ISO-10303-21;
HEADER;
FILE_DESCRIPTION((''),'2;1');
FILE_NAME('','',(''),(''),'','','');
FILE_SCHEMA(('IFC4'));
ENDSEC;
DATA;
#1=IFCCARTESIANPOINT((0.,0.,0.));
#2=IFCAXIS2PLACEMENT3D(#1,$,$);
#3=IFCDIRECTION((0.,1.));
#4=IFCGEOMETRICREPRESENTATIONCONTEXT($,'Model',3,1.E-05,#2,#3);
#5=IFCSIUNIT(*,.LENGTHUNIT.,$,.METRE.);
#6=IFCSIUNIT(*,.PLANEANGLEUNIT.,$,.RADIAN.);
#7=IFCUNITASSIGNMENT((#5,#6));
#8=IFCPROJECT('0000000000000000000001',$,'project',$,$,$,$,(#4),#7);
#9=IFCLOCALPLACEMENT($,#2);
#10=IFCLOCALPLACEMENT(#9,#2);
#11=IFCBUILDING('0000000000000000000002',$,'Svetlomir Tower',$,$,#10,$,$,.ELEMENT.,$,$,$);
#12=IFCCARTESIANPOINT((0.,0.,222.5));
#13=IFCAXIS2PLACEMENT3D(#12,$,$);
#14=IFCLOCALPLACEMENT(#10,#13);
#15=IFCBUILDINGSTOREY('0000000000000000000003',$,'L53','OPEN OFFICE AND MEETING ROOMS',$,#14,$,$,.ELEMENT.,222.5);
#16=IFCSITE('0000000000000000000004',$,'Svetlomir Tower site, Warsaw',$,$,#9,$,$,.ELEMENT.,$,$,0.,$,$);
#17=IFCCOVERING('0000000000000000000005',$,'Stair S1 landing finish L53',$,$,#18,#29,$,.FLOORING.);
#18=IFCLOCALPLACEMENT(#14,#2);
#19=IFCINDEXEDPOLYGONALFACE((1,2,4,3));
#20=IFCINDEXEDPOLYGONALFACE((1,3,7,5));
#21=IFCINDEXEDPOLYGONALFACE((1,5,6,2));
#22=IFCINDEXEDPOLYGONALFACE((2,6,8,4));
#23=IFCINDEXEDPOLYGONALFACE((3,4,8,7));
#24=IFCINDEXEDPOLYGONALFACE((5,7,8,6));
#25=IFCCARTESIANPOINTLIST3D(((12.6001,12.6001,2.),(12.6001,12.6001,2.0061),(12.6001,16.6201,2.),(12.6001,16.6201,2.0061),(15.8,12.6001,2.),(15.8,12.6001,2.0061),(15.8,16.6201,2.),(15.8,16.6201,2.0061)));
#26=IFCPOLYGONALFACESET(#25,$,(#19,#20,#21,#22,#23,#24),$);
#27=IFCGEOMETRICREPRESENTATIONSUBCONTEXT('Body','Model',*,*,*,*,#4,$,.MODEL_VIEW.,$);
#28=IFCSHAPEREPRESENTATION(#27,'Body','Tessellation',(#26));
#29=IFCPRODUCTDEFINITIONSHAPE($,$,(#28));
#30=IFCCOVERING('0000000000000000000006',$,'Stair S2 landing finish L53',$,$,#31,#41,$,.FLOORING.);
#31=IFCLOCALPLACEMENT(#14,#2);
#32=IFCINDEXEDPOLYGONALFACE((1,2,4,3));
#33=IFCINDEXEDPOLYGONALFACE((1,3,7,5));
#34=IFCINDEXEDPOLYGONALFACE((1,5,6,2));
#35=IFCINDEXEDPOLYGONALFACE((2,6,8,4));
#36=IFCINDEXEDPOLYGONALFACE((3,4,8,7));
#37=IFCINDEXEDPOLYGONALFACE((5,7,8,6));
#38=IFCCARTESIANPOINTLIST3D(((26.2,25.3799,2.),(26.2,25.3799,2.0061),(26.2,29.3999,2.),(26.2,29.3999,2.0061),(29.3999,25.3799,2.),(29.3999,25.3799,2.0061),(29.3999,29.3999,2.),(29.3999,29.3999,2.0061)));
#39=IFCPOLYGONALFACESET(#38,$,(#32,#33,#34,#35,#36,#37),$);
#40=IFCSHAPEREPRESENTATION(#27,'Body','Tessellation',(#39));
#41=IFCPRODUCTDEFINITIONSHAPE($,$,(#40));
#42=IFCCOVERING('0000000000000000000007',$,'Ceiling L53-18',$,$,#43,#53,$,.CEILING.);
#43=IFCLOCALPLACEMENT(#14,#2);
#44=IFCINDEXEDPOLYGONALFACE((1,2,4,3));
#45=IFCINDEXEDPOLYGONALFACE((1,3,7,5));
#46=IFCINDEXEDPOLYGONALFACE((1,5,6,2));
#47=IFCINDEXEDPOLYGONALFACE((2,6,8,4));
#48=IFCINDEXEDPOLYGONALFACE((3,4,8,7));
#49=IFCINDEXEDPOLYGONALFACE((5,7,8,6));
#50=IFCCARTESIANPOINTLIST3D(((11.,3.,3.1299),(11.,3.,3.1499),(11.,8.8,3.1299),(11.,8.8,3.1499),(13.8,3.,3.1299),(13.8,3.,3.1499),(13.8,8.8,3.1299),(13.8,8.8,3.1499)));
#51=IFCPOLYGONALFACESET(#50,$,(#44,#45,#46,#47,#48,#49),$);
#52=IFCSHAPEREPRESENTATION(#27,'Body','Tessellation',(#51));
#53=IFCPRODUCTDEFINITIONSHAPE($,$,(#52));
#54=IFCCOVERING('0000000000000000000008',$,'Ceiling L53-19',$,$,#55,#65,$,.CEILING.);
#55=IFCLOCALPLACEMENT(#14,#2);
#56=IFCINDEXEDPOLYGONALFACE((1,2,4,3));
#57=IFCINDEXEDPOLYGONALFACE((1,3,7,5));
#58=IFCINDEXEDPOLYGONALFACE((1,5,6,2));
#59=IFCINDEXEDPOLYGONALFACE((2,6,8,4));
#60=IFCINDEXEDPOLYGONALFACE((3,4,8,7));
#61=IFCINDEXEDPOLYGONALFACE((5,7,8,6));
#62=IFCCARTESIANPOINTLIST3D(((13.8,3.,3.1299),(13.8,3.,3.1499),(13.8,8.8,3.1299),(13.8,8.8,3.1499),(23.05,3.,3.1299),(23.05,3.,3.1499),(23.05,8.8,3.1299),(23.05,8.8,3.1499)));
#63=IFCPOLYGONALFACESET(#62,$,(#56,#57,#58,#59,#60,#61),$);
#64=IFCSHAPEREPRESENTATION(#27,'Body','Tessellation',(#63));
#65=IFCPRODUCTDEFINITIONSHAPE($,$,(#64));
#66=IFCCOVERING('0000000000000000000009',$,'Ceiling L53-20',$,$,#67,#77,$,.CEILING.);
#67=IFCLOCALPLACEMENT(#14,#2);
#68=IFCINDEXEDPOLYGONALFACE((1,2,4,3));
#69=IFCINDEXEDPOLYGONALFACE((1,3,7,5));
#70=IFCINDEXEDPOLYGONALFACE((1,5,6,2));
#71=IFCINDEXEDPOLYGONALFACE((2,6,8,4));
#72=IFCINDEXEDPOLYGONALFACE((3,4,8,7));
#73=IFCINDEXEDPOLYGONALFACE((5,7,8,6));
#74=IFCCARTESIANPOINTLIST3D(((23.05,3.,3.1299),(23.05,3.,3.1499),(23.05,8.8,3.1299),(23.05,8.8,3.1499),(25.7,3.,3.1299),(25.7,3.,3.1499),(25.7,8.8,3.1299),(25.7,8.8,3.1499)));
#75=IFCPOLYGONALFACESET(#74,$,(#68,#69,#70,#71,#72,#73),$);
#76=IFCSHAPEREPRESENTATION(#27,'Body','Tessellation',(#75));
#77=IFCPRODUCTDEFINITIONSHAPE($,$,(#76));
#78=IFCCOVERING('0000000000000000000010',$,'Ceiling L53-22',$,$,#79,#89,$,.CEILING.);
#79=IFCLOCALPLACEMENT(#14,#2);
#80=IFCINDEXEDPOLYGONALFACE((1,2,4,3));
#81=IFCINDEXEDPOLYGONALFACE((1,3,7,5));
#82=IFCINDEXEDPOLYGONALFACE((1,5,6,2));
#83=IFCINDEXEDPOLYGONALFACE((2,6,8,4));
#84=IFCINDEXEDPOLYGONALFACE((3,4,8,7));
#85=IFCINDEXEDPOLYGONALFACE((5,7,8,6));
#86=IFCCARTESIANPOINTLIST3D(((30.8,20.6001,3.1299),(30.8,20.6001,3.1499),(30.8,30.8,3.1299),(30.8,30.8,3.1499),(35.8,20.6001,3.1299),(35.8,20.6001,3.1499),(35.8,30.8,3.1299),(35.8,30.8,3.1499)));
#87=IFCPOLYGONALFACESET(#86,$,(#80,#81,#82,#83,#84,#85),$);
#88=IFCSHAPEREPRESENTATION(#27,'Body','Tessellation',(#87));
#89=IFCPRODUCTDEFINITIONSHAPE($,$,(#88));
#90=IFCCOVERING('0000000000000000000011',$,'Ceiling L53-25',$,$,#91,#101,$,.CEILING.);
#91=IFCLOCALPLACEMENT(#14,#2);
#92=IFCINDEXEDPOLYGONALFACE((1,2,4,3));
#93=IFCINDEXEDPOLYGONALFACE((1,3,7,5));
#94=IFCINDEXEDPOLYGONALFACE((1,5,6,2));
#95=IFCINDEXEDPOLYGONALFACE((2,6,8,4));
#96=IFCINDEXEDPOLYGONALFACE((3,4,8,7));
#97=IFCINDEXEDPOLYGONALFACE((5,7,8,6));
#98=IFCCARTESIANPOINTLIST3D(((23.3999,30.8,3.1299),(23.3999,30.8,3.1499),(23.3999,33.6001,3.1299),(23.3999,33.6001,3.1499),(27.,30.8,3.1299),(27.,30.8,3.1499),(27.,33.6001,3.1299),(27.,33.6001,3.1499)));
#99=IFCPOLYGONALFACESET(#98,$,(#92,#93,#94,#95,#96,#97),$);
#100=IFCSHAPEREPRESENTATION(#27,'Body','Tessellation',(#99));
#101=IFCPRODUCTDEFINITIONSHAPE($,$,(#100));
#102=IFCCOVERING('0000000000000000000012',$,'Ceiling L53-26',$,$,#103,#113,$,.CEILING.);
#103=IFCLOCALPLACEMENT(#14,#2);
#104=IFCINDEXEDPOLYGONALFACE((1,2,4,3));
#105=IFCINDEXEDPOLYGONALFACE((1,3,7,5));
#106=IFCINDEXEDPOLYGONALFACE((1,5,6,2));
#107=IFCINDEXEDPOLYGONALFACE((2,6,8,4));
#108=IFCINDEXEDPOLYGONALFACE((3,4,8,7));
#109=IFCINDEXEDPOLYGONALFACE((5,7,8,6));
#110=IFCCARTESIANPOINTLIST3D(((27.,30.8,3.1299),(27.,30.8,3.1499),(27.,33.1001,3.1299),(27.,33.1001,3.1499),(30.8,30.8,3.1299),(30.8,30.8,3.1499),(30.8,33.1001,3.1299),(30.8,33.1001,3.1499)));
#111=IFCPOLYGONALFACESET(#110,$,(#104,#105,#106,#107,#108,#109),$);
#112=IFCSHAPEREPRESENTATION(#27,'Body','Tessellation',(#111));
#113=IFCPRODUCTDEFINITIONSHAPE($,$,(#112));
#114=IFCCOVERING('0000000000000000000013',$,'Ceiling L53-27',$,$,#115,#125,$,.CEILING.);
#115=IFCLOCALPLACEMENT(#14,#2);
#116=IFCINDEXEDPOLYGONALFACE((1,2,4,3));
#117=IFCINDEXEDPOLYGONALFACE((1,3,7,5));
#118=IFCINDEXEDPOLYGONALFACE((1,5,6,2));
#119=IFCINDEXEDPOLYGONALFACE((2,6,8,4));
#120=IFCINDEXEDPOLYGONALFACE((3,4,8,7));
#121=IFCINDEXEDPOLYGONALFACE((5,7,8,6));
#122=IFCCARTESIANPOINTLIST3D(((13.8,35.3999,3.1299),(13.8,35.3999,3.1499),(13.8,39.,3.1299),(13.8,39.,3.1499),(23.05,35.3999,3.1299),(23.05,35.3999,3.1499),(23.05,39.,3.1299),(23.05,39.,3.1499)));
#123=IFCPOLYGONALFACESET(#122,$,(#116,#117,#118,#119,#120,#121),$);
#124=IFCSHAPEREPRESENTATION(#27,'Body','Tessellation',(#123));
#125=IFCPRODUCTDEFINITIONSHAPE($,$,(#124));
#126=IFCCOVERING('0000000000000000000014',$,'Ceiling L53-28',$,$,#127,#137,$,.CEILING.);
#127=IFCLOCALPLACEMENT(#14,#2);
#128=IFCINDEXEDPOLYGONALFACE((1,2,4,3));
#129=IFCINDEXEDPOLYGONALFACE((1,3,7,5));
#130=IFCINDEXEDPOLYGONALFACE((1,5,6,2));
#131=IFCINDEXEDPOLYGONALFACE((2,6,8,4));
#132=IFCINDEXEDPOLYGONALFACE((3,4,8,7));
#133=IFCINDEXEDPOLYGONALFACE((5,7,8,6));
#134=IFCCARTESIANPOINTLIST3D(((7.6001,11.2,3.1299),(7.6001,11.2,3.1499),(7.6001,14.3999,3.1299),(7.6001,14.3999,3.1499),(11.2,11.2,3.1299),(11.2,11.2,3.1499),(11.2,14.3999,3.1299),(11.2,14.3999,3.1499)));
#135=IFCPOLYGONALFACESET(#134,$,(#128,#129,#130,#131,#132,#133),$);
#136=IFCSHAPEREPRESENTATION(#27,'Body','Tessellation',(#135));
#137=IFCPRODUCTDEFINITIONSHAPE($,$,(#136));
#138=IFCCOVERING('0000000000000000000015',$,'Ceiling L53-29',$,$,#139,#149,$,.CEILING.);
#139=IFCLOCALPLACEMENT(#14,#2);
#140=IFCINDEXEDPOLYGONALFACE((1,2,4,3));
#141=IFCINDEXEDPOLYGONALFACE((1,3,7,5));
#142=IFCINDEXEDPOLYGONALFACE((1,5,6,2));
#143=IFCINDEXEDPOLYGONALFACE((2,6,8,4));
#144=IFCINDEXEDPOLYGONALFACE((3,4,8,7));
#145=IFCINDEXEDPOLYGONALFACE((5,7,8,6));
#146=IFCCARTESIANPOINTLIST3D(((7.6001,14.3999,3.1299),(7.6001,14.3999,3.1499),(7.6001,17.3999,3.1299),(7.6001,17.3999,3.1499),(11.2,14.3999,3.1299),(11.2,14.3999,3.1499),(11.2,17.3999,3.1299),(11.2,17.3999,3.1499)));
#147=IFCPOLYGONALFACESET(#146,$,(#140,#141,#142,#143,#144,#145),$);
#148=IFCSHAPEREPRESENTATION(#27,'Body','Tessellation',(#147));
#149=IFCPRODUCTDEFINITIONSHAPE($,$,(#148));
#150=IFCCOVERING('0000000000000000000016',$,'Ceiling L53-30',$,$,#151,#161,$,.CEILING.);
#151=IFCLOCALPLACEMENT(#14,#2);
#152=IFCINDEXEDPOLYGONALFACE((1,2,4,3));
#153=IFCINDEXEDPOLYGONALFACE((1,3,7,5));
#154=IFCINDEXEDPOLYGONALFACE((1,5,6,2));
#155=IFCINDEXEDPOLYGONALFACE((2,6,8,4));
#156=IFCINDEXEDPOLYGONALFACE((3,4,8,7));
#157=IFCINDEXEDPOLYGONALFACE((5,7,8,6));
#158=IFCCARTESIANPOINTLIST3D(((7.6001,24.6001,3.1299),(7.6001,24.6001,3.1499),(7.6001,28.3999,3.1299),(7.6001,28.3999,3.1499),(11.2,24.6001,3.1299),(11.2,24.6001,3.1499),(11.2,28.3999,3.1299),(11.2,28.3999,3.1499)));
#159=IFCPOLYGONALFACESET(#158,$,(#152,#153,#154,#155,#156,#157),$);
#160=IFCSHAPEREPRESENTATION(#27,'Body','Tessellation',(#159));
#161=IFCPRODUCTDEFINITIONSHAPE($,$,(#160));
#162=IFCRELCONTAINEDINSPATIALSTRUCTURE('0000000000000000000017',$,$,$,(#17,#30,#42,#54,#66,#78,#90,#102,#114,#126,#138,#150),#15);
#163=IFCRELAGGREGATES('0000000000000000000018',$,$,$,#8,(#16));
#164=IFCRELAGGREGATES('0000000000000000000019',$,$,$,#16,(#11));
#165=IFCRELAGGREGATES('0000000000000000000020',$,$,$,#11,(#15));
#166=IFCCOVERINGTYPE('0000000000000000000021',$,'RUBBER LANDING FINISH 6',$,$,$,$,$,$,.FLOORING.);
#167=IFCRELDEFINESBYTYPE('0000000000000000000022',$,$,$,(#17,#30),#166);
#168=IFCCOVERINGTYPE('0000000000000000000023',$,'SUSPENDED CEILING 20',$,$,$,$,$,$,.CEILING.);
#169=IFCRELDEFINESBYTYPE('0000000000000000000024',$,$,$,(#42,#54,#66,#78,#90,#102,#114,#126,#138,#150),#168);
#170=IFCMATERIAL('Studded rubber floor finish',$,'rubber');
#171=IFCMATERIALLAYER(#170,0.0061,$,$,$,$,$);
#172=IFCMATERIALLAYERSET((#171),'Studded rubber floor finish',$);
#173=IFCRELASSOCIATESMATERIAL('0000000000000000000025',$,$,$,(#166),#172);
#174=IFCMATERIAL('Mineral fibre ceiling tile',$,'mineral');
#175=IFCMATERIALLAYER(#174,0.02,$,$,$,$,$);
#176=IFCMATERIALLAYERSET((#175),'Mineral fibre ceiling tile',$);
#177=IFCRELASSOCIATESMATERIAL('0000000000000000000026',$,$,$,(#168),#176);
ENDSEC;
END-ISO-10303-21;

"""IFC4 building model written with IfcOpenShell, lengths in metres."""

from ifc_helpers import new_model, si_unit, direction, frame, origin, place, context, subcontext, project, spatial, polyline, outline, extrude, material, layer, layer_set, type_object, element, save


model = new_model("IFC4")

# Units and contexts
model_context = context("Model", 3, precision=1e-05, world=origin(), true_north=direction((0.0, 1.0)))
body_context = subcontext(model_context, "Body", "Model", "MODEL_VIEW")
ifc_project = project(units=[si_unit("LENGTHUNIT", "METRE"), si_unit("PLANEANGLEUNIT", "RADIAN")], contexts=[model_context])

# Site, building, storey
site_placement = place(None, origin())
site = spatial("IfcSite", under=ifc_project, at=site_placement, Name="Svetlomir Tower site, Warsaw", CompositionType="ELEMENT", RefElevation=0.0)
building_placement = place(site_placement, origin())
building = spatial("IfcBuilding", under=site, at=building_placement, Name="Svetlomir Tower", CompositionType="ELEMENT")
storey_placement = place(building_placement, frame((0.0, 0.0, 222.5)))
storey = spatial("IfcBuildingStorey", under=building, at=storey_placement, Name="L53", Description="OPEN OFFICE AND MEETING ROOMS", CompositionType="ELEMENT", Elevation=222.5)

# Coverings
ifc_material_1 = material(Name="Studded rubber floor finish", Category="rubber")
ifc_layer_1 = layer(ifc_material_1, 0.0061)
ifc_layer_set_1 = layer_set([ifc_layer_1], Name="Studded rubber floor finish")
covering_type_1 = type_object("IfcCoveringType", Name="RUBBER LANDING FINISH 6", PredefinedType="FLOORING", material=ifc_layer_set_1)
covering_1_placement = place(storey_placement, frame((0.0, 0.0, 2.0)))
element("IfcCovering", 1, at=covering_1_placement, inside=storey, type_object=covering_type_1, Name="Stair S1 landing finish L53", PredefinedType="FLOORING", context=body_context, shape_type="SweptSolid", body=[
    extrude(outline(polyline([(12.6001, 12.6001), (15.8, 12.6001), (15.8, 16.6201), (12.6001, 16.6201), (12.6001, 12.6001)])), origin(), (0.0, 0.0, 1.0), 0.0061),
])
covering_2_placement = place(storey_placement, frame((0.0, 0.0, 2.0)))
element("IfcCovering", 2, at=covering_2_placement, inside=storey, type_object=covering_type_1, Name="Stair S2 landing finish L53", PredefinedType="FLOORING", context=body_context, shape_type="SweptSolid", body=[
    extrude(outline(polyline([(26.2, 25.3799), (29.3999, 25.3799), (29.3999, 29.3999), (26.2, 29.3999), (26.2, 25.3799)])), origin(), (0.0, 0.0, 1.0), 0.0061),
])
ifc_material_2 = material(Name="Mineral fibre ceiling tile", Category="mineral")
ifc_layer_2 = layer(ifc_material_2, 0.02)
ifc_layer_set_2 = layer_set([ifc_layer_2], Name="Mineral fibre ceiling tile")
covering_type_2 = type_object("IfcCoveringType", Name="SUSPENDED CEILING 20", PredefinedType="CEILING", material=ifc_layer_set_2)
covering_3_placement = place(storey_placement, frame((0.0, 0.0, 3.1299)))
element("IfcCovering", 3, at=covering_3_placement, inside=storey, type_object=covering_type_2, Name="Ceiling L53-18", PredefinedType="CEILING", context=body_context, shape_type="SweptSolid", body=[
    extrude(outline(polyline([(11.0, 3.0), (13.8, 3.0), (13.8, 8.8), (11.0, 8.8), (11.0, 3.0)])), origin(), (0.0, 0.0, 1.0), 0.02),
])
covering_4_placement = place(storey_placement, frame((0.0, 0.0, 3.1299)))
element("IfcCovering", 4, at=covering_4_placement, inside=storey, type_object=covering_type_2, Name="Ceiling L53-19", PredefinedType="CEILING", context=body_context, shape_type="SweptSolid", body=[
    extrude(outline(polyline([(13.8, 3.0), (23.05, 3.0), (23.05, 8.8), (13.8, 8.8), (13.8, 3.0)])), origin(), (0.0, 0.0, 1.0), 0.02),
])
covering_5_placement = place(storey_placement, frame((0.0, 0.0, 3.1299)))
element("IfcCovering", 5, at=covering_5_placement, inside=storey, type_object=covering_type_2, Name="Ceiling L53-20", PredefinedType="CEILING", context=body_context, shape_type="SweptSolid", body=[
    extrude(outline(polyline([(23.05, 3.0), (25.7, 3.0), (25.7, 8.8), (23.05, 8.8), (23.05, 3.0)])), origin(), (0.0, 0.0, 1.0), 0.02),
])
covering_6_placement = place(storey_placement, frame((0.0, 0.0, 3.1299)))
element("IfcCovering", 6, at=covering_6_placement, inside=storey, type_object=covering_type_2, Name="Ceiling L53-22", PredefinedType="CEILING", context=body_context, shape_type="SweptSolid", body=[
    extrude(outline(polyline([(30.8, 20.6001), (35.8, 20.6001), (35.8, 30.8), (30.8, 30.8), (30.8, 20.6001)])), origin(), (0.0, 0.0, 1.0), 0.02),
])
covering_7_placement = place(storey_placement, frame((0.0, 0.0, 3.1299)))
element("IfcCovering", 7, at=covering_7_placement, inside=storey, type_object=covering_type_2, Name="Ceiling L53-25", PredefinedType="CEILING", context=body_context, shape_type="SweptSolid", body=[
    extrude(outline(polyline([(23.3999, 30.8), (27.0, 30.8), (27.0, 33.6001), (23.3999, 33.6001), (23.3999, 30.8)])), origin(), (0.0, 0.0, 1.0), 0.02),
])
covering_8_placement = place(storey_placement, frame((0.0, 0.0, 3.1299)))
element("IfcCovering", 8, at=covering_8_placement, inside=storey, type_object=covering_type_2, Name="Ceiling L53-26", PredefinedType="CEILING", context=body_context, shape_type="SweptSolid", body=[
    extrude(outline(polyline([(27.0, 30.8), (30.8, 30.8), (30.8, 33.1001), (27.0, 33.1001), (27.0, 30.8)])), origin(), (0.0, 0.0, 1.0), 0.02),
])
covering_9_placement = place(storey_placement, frame((0.0, 0.0, 3.1299)))
element("IfcCovering", 9, at=covering_9_placement, inside=storey, type_object=covering_type_2, Name="Ceiling L53-27", PredefinedType="CEILING", context=body_context, shape_type="SweptSolid", body=[
    extrude(outline(polyline([(13.8, 35.3999), (23.05, 35.3999), (23.05, 39.0), (13.8, 39.0), (13.8, 35.3999)])), origin(), (0.0, 0.0, 1.0), 0.02),
])
covering_10_placement = place(storey_placement, frame((0.0, 0.0, 3.1299)))
element("IfcCovering", 10, at=covering_10_placement, inside=storey, type_object=covering_type_2, Name="Ceiling L53-28", PredefinedType="CEILING", context=body_context, shape_type="SweptSolid", body=[
    extrude(outline(polyline([(7.6001, 11.2), (11.2, 11.2), (11.2, 14.3999), (7.6001, 14.3999), (7.6001, 11.2)])), origin(), (0.0, 0.0, 1.0), 0.02),
])
covering_11_placement = place(storey_placement, frame((0.0, 0.0, 3.1299)))
element("IfcCovering", 11, at=covering_11_placement, inside=storey, type_object=covering_type_2, Name="Ceiling L53-29", PredefinedType="CEILING", context=body_context, shape_type="SweptSolid", body=[
    extrude(outline(polyline([(7.6001, 14.3999), (11.2, 14.3999), (11.2, 17.3999), (7.6001, 17.3999), (7.6001, 14.3999)])), origin(), (0.0, 0.0, 1.0), 0.02),
])
covering_12_placement = place(storey_placement, frame((0.0, 0.0, 3.1299)))
element("IfcCovering", 12, at=covering_12_placement, inside=storey, type_object=covering_type_2, Name="Ceiling L53-30", PredefinedType="CEILING", context=body_context, shape_type="SweptSolid", body=[
    extrude(outline(polyline([(7.6001, 24.6001), (11.2, 24.6001), (11.2, 28.3999), (7.6001, 28.3999), (7.6001, 24.6001)])), origin(), (0.0, 0.0, 1.0), 0.02),
])

save(model, "model.ifc")
